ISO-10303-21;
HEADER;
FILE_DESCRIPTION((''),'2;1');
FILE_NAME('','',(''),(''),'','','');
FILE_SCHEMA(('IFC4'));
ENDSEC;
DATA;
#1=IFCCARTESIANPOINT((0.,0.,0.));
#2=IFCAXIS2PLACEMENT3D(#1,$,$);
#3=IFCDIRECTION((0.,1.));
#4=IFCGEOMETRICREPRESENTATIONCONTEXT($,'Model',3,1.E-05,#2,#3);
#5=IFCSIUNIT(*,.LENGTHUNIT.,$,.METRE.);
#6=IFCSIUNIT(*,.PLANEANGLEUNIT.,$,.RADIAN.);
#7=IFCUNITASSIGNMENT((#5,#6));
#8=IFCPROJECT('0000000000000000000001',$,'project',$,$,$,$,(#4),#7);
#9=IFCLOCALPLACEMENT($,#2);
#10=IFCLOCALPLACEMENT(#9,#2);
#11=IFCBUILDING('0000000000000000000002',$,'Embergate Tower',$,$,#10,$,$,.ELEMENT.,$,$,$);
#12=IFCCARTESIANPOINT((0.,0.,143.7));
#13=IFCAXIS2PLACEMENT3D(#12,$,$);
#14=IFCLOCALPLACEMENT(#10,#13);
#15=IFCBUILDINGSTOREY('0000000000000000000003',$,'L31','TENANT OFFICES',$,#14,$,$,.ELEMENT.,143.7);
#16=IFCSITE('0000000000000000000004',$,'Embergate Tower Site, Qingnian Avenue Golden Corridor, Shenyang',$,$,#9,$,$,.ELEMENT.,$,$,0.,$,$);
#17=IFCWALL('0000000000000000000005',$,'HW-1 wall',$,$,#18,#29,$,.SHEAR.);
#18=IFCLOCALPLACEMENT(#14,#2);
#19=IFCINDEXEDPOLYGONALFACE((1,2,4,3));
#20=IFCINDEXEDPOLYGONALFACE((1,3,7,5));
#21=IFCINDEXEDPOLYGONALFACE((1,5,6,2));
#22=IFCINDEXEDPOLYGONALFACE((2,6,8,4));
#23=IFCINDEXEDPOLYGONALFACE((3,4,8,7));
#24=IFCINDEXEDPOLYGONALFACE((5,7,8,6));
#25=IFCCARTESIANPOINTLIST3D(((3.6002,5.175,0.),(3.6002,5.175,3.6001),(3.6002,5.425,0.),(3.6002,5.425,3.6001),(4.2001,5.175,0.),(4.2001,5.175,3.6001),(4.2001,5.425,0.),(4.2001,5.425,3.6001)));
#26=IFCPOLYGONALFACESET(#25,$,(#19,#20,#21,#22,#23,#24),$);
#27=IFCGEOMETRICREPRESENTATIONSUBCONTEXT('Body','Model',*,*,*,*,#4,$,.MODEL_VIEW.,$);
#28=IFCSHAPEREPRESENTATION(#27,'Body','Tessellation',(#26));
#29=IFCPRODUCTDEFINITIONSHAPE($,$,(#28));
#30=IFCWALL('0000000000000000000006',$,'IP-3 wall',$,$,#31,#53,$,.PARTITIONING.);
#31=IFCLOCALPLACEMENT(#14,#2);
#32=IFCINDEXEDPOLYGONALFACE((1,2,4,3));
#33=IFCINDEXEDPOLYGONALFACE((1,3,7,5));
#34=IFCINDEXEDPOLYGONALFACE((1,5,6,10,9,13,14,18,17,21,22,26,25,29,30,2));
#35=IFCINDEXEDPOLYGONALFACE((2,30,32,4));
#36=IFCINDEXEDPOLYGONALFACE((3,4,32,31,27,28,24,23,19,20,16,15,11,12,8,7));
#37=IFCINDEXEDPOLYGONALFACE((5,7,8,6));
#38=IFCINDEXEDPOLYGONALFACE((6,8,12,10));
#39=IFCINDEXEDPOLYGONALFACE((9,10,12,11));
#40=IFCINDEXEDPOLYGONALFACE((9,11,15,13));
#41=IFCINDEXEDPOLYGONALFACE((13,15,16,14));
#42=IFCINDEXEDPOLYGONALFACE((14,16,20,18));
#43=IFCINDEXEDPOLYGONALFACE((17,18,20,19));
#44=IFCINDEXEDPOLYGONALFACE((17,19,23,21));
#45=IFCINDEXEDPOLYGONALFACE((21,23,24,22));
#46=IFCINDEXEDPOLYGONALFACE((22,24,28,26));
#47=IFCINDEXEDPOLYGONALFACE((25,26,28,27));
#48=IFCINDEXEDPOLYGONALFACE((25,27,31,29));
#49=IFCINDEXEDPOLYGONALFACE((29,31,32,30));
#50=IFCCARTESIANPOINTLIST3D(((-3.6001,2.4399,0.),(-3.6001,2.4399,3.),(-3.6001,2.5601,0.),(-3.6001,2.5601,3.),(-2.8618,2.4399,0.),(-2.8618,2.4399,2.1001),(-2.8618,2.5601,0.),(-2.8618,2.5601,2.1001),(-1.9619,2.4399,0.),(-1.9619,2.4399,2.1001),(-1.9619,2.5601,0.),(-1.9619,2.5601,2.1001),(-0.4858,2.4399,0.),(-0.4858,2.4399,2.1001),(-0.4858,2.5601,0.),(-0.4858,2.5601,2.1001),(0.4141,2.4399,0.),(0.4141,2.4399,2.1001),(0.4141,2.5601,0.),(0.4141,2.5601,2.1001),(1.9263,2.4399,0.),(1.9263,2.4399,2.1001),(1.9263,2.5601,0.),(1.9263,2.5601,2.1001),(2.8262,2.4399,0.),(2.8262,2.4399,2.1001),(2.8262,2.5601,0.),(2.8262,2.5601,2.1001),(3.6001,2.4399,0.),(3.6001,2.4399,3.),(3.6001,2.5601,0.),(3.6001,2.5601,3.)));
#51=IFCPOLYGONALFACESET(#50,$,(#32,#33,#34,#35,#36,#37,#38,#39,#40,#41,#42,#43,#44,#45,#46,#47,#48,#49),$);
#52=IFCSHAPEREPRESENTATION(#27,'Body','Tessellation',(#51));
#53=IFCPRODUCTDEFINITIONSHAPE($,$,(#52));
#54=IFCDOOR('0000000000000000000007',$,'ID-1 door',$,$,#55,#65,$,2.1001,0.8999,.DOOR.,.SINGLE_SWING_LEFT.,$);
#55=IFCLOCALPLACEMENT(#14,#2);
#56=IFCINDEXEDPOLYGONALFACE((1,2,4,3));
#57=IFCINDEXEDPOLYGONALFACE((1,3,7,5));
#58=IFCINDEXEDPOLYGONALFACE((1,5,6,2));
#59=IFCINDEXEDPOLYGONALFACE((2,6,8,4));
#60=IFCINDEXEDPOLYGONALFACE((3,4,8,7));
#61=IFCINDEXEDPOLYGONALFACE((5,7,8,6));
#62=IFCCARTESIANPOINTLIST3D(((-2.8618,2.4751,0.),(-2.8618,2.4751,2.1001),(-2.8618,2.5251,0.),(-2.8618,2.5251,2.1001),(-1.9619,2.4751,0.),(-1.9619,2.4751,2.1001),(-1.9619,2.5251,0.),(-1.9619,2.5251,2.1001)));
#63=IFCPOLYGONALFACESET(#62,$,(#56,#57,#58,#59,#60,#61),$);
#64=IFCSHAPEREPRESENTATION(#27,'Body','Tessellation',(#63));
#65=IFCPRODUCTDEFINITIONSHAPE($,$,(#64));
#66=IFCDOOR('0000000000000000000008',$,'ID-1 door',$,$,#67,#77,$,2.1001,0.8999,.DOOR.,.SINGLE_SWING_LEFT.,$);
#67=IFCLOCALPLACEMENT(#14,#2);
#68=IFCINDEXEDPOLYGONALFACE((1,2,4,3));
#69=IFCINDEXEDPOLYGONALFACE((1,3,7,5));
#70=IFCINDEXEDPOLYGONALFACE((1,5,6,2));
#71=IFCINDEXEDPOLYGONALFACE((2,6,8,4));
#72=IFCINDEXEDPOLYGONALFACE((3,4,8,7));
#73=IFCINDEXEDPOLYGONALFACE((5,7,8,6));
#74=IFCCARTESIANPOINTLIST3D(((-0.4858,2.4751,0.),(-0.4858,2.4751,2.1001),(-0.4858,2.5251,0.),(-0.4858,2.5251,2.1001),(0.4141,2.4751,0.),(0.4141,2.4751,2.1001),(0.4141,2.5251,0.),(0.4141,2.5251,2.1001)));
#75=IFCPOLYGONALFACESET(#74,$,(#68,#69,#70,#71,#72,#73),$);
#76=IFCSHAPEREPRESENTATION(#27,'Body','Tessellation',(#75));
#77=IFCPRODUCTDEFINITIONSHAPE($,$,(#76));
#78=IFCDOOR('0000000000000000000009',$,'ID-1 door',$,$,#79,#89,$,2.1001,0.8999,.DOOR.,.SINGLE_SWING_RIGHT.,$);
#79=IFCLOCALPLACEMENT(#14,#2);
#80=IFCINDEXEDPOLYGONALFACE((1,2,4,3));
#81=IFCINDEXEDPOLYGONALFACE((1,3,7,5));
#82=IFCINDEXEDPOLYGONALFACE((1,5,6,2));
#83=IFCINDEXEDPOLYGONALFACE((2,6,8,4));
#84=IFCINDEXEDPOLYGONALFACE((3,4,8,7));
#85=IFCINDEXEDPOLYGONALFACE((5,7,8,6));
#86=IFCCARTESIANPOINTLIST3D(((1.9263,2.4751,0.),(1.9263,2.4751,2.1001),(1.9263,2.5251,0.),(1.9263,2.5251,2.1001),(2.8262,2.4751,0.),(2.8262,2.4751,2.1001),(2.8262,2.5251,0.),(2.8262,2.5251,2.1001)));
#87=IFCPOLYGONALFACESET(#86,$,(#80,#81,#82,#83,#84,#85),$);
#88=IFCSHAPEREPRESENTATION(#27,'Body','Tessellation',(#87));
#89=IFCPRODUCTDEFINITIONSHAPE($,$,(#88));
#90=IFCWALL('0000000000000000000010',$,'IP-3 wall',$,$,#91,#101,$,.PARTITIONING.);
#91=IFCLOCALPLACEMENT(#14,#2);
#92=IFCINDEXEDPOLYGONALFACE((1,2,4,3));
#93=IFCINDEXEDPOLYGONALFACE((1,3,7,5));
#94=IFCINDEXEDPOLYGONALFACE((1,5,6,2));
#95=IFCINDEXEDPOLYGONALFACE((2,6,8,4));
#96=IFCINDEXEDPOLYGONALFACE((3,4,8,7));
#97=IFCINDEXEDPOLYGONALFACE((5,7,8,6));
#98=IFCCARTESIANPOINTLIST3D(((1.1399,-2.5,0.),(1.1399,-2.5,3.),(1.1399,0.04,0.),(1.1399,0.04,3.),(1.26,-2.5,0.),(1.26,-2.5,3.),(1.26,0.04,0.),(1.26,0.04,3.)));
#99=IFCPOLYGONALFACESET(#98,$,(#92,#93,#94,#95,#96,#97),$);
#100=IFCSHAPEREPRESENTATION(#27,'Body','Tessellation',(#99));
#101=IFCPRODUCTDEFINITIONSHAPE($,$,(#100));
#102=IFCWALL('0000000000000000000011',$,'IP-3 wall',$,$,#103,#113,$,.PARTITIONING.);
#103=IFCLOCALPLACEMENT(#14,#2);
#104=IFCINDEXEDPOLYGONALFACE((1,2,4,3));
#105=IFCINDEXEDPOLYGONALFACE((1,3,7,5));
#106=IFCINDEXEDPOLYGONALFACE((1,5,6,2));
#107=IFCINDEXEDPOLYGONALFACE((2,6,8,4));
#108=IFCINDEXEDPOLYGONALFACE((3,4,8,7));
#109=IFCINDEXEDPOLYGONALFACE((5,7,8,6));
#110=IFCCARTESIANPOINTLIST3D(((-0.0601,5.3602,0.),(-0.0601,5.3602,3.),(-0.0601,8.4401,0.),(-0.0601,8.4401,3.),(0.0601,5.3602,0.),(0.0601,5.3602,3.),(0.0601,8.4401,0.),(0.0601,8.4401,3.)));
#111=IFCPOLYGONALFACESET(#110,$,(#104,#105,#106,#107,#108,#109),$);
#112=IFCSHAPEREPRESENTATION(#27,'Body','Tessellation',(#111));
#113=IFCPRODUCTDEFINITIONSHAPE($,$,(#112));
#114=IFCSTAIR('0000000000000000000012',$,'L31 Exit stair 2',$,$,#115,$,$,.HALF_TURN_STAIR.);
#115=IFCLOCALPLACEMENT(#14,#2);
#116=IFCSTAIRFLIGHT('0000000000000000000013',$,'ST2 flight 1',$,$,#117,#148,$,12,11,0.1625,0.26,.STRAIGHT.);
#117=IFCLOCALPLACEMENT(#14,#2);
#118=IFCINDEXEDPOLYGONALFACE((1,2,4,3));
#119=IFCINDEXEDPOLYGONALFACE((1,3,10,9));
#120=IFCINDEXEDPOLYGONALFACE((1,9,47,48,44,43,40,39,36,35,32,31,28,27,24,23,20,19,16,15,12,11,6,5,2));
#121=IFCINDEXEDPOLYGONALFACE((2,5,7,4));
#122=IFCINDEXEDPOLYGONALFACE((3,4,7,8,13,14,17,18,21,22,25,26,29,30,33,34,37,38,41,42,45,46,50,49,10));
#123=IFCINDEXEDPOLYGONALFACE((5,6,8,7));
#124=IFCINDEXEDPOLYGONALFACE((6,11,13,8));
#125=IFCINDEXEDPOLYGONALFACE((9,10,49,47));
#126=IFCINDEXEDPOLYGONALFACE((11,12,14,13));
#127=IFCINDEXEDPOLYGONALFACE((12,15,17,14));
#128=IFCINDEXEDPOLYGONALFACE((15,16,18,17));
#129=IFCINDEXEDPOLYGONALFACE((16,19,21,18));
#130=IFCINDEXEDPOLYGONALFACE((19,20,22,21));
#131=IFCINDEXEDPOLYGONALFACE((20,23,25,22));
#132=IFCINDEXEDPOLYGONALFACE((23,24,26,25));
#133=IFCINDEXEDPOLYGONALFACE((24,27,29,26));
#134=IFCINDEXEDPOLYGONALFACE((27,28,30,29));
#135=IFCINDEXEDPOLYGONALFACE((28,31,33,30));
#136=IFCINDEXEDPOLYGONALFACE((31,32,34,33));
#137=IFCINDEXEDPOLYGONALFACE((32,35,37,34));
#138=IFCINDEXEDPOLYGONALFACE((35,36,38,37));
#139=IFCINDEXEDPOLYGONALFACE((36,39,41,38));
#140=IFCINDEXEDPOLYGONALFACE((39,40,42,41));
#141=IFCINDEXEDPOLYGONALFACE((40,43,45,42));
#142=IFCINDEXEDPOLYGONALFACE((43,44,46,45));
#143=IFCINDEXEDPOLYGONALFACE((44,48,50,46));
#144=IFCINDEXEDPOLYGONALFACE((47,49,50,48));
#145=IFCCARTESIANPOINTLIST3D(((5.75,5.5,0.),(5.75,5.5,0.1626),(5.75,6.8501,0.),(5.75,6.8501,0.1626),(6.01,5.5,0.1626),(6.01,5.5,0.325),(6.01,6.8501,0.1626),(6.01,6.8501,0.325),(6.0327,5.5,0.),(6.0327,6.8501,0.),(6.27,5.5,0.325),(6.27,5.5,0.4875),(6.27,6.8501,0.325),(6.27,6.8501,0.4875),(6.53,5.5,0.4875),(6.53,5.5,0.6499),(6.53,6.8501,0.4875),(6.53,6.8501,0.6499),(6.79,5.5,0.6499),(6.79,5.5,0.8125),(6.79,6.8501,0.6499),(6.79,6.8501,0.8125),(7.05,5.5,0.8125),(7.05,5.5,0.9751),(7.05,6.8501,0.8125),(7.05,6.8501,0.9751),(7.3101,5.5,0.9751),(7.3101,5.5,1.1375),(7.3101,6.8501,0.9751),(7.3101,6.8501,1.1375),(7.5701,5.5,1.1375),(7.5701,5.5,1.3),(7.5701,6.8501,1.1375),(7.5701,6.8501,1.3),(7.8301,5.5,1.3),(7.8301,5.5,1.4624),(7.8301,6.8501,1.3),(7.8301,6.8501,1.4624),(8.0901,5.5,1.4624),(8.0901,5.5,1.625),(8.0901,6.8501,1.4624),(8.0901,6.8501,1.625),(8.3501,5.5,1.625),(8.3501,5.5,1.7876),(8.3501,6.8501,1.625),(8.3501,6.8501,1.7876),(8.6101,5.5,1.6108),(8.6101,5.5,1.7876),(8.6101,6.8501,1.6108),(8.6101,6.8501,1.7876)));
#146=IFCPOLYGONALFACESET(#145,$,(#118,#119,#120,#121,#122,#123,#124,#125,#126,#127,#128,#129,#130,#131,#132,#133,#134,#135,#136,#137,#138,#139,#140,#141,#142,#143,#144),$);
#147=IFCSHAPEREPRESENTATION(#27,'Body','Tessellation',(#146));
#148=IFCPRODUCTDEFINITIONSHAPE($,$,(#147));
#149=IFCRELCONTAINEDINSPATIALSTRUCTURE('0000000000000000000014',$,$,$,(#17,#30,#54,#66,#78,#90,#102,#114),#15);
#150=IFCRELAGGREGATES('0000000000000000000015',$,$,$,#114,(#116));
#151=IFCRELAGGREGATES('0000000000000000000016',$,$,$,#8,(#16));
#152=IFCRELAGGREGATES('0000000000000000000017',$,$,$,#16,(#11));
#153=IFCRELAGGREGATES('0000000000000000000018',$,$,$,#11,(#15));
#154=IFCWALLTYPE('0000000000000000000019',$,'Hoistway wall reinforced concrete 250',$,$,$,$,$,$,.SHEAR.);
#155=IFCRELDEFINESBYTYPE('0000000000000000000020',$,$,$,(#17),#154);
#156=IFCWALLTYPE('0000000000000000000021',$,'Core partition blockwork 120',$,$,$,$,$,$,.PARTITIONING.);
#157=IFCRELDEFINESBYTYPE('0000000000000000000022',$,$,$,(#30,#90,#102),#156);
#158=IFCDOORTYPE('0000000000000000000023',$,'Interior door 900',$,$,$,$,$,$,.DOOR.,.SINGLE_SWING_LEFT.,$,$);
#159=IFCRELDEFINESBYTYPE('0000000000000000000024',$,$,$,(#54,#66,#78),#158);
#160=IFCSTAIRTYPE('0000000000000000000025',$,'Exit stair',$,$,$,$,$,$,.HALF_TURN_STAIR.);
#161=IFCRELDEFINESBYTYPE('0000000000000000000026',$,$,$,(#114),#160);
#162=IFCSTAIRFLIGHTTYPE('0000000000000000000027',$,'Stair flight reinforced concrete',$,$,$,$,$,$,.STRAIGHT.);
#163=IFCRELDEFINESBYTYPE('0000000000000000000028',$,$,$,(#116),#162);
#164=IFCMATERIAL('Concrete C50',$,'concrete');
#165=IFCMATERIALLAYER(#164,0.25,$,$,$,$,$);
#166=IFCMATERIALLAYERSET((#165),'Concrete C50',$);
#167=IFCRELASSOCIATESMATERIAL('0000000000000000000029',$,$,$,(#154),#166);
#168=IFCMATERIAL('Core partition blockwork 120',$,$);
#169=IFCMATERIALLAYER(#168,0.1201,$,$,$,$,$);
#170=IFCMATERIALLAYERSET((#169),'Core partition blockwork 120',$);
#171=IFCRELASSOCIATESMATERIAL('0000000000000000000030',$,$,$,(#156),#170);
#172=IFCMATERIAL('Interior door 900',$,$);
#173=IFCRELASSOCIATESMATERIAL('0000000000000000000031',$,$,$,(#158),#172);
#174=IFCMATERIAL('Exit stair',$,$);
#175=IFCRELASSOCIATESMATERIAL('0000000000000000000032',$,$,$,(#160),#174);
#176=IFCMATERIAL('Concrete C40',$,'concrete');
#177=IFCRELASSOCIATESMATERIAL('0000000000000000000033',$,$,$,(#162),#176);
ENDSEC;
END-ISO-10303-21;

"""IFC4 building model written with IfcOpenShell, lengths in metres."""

from ifc_helpers import new_model, si_unit, direction, frame, frame_2d, origin, place, context, subcontext, project, spatial, polyline, rectangle, outline, extrude, source, transform, mapped, material, layer, layer_set, type_object, element, fill, aggregate, save


model = new_model("IFC4")

# Units and contexts
model_context = context("Model", 3, precision=1e-05, world=origin(), true_north=direction((0.0, 1.0)))
body_context = subcontext(model_context, "Body", "Model", "MODEL_VIEW")
ifc_project = project(units=[si_unit("LENGTHUNIT", "METRE"), si_unit("PLANEANGLEUNIT", "RADIAN")], contexts=[model_context])

# Site, building, storey
site_placement = place(None, origin())
site = spatial("IfcSite", under=ifc_project, at=site_placement, Name="Embergate Tower Site, Qingnian Avenue Golden Corridor, Shenyang", CompositionType="ELEMENT", RefElevation=0.0)
building_placement = place(site_placement, origin())
building = spatial("IfcBuilding", under=site, at=building_placement, Name="Embergate Tower", CompositionType="ELEMENT")
storey_placement = place(building_placement, frame((0.0, 0.0, 143.7)))
storey = spatial("IfcBuildingStorey", under=building, at=storey_placement, Name="L31", Description="TENANT OFFICES", CompositionType="ELEMENT", Elevation=143.7)

# Shared definitions
ifc_material_1 = material(Name="Concrete C50", Category="concrete")
ifc_layer_1 = layer(ifc_material_1, 0.25)
ifc_layer_set_1 = layer_set([ifc_layer_1], Name="Concrete C50")
wall_type_1 = type_object("IfcWallType", Name="Hoistway wall reinforced concrete 250", PredefinedType="SHEAR", material=ifc_layer_set_1)

# Shared definitions
ifc_material_2 = material(Name="Core partition blockwork 120")
ifc_layer_2 = layer(ifc_material_2, 0.1201)
ifc_layer_set_2 = layer_set([ifc_layer_2], Name="Core partition blockwork 120")
wall_type_2 = type_object("IfcWallType", Name="Core partition blockwork 120", PredefinedType="PARTITIONING", material=ifc_layer_set_2)

# Shared definitions
shared_shape_1 = source(origin(), body_context, "Body", "SweptSolid", [
    extrude(rectangle(XDim=0.8999, YDim=2.1001, at=frame_2d((0.45, 1.05))), frame((0.0, 0.0701, 0.0), z_axis=(0.0, -1.0, 0.0), x_axis=(1.0, 0.0, 0.0)), (0.0, 0.0, 1.0), 0.1401),
])
ifc_material_3 = material(Name="Interior door 900")
door_type_1 = type_object("IfcDoorType", Name="Interior door 900", OperationType="SINGLE_SWING_LEFT", PredefinedType="DOOR", material=ifc_material_3)
shared_shape_2 = source(origin(), body_context, "Body", "SweptSolid", [
    extrude(rectangle(XDim=0.8999, YDim=2.1001, at=frame_2d((0.45, 1.05))), frame((0.0, 0.0249, 0.0), z_axis=(0.0, -1.0, 0.0), x_axis=(1.0, 0.0, 0.0)), (0.0, 0.0, 1.0), 0.05),
])

# Wall
shared_shape_3 = source(origin(), body_context, "Body", "SweptSolid", [
    extrude(rectangle(XDim=0.5999, YDim=0.25, at=frame_2d((0.2998, 0.0))), origin(), (0.0, 0.0, 1.0), 3.6001),
])
wall_1_placement = place(storey_placement, frame((4.2, 5.3, 0.0), z_axis=(0.0, 0.0, 1.0), x_axis=(-1.0, 0.0, 0.0)))
element("IfcWall", 1, at=wall_1_placement, inside=storey, type_object=wall_type_1, Name="HW-1 wall", PredefinedType="SHEAR", context=body_context, shape_type="MappedRepresentation", body=[
    mapped(shared_shape_3, transform((0.0, 0.0, 0.0))),
])

# Wall, openings, doors
shared_shape_4 = source(origin(), body_context, "Body", "SweptSolid", [
    extrude(rectangle(XDim=7.2002, YDim=0.1201, at=frame_2d((3.6001, 0.0))), origin(), (0.0, 0.0, 1.0), 3.0),
])
wall_2_placement = place(storey_placement, frame((3.6001, 2.5, 0.0), z_axis=(0.0, 0.0, 1.0), x_axis=(-1.0, 0.0, 0.0)))
wall_2 = element("IfcWall", 2, at=wall_2_placement, inside=storey, type_object=wall_type_2, Name="IP-3 wall", PredefinedType="PARTITIONING", context=body_context, shape_type="MappedRepresentation", body=[
    mapped(shared_shape_4, transform((0.0, 0.0, 0.0))),
])
opening_1_placement = place(wall_2_placement, frame((5.562, 0.0, 0.0)))
opening_1 = element("IfcOpeningElement", 3, at=opening_1_placement, cuts=wall_2, PredefinedType="OPENING", context=body_context, shape_type="MappedRepresentation", body=[
    mapped(shared_shape_1, transform((0.0, 0.0, 0.0))),
])
opening_2_placement = place(wall_2_placement, frame((3.186, 0.0, 0.0)))
opening_2 = element("IfcOpeningElement", 4, at=opening_2_placement, cuts=wall_2, PredefinedType="OPENING", context=body_context, shape_type="MappedRepresentation", body=[
    mapped(shared_shape_1, transform((0.0, 0.0, 0.0))),
])
opening_3_placement = place(wall_2_placement, frame((0.7739, 0.0, 0.0)))
opening_3 = element("IfcOpeningElement", 5, at=opening_3_placement, cuts=wall_2, PredefinedType="OPENING", context=body_context, shape_type="MappedRepresentation", body=[
    mapped(shared_shape_1, transform((0.0, 0.0, 0.0))),
])
door_1_placement = place(opening_1_placement, origin())
door_1 = element("IfcDoor", 6, at=door_1_placement, inside=storey, type_object=door_type_1, Name="ID-1 door", OperationType="SINGLE_SWING_LEFT", OverallHeight=2.1001, OverallWidth=0.8999, PredefinedType="DOOR", context=body_context, shape_type="MappedRepresentation", body=[
    mapped(shared_shape_2, transform((0.0, 0.0, 0.0))),
])
fill(opening_1, door_1)
door_2_placement = place(opening_2_placement, origin())
door_2 = element("IfcDoor", 7, at=door_2_placement, inside=storey, type_object=door_type_1, Name="ID-1 door", OperationType="SINGLE_SWING_LEFT", OverallHeight=2.1001, OverallWidth=0.8999, PredefinedType="DOOR", context=body_context, shape_type="MappedRepresentation", body=[
    mapped(shared_shape_2, transform((0.0, 0.0, 0.0))),
])
fill(opening_2, door_2)
door_3_placement = place(opening_3_placement, origin())
door_3 = element("IfcDoor", 8, at=door_3_placement, inside=storey, type_object=door_type_1, Name="ID-1 door", OperationType="SINGLE_SWING_RIGHT", OverallHeight=2.1001, OverallWidth=0.8999, PredefinedType="DOOR", context=body_context, shape_type="MappedRepresentation", body=[
    mapped(shared_shape_2, transform((0.0, 0.0, 0.0))),
])
fill(opening_3, door_3)

# Walls
shared_shape_5 = source(origin(), body_context, "Body", "SweptSolid", [
    extrude(rectangle(XDim=2.54, YDim=0.1201, at=frame_2d((1.27, 0.0))), origin(), (0.0, 0.0, 1.0), 3.0),
])
wall_3_placement = place(storey_placement, frame((1.2, 0.04, 0.0), z_axis=(0.0, 0.0, 1.0), x_axis=(0.0, -1.0, 0.0)))
element("IfcWall", 9, at=wall_3_placement, inside=storey, type_object=wall_type_2, Name="IP-3 wall", PredefinedType="PARTITIONING", context=body_context, shape_type="MappedRepresentation", body=[
    mapped(shared_shape_5, transform((0.0, 0.0, 0.0))),
])
shared_shape_6 = source(origin(), body_context, "Body", "SweptSolid", [
    extrude(rectangle(XDim=3.0798, YDim=0.1201, at=frame_2d((1.54, 0.0))), origin(), (0.0, 0.0, 1.0), 3.0),
])
wall_4_placement = place(storey_placement, frame((0.0, 5.3601, 0.0), z_axis=(0.0, 0.0, 1.0), x_axis=(0.0, 1.0, 0.0)))
element("IfcWall", 10, at=wall_4_placement, inside=storey, type_object=wall_type_2, Name="IP-3 wall", PredefinedType="PARTITIONING", context=body_context, shape_type="MappedRepresentation", body=[
    mapped(shared_shape_6, transform((0.0, 0.0, 0.0))),
])

# Stair, stair flight
ifc_material_4 = material(Name="Exit stair")
stair_type = type_object("IfcStairType", Name="Exit stair", PredefinedType="HALF_TURN_STAIR", material=ifc_material_4)
stair_placement = place(storey_placement, origin())
stair = element("IfcStair", 11, at=stair_placement, inside=storey, type_object=stair_type, Name="L31 Exit stair 2", PredefinedType="HALF_TURN_STAIR")
ifc_material_5 = material(Name="Concrete C40", Category="concrete")
stair_flight_type = type_object("IfcStairFlightType", Name="Stair flight reinforced concrete", PredefinedType="STRAIGHT", material=ifc_material_5)
shared_shape_7 = source(origin(), body_context, "Body", "SweptSolid", [
    extrude(outline(polyline([(0.0, 0.0), (0.0, 0.1626), (0.26, 0.1626), (0.26, 0.325), (0.52, 0.325), (0.52, 0.4875), (0.78, 0.4875), (0.78, 0.6499), (1.04, 0.6499), (1.04, 0.8125), (1.3, 0.8125), (1.3, 0.9751), (1.5601, 0.9751), (1.5601, 1.1375), (1.8201, 1.1375), (1.8201, 1.3), (2.0801, 1.3), (2.0801, 1.4624), (2.3401, 1.4624), (2.3401, 1.625), (2.6001, 1.625), (2.6001, 1.7876), (2.8601, 1.7876), (2.8601, 1.95), (2.8601, 1.6108), (0.2827, 0.0), (0.0, 0.0)])), frame((0.0, 0.675, 0.0), z_axis=(0.0, -1.0, 0.0), x_axis=(1.0, 0.0, 0.0)), (0.0, 0.0, 1.0), 1.3501),
])
stair_flight_placement = place(storey_placement, frame((5.75, 6.175, 0.0), z_axis=(0.0, 0.0, 1.0), x_axis=(1.0, 0.0, 0.0)))
stair_flight = element("IfcStairFlight", 12, at=stair_flight_placement, type_object=stair_flight_type, Name="ST2 flight 1", NumberOfRisers=12, NumberOfTreads=11, PredefinedType="STRAIGHT", RiserHeight=0.1625, TreadLength=0.26, context=body_context, shape_type="MappedRepresentation", body=[
    mapped(shared_shape_7, transform((0.0, 0.0, 0.0))),
])
aggregate(stair, [stair_flight])

save(model, "model.ifc")
